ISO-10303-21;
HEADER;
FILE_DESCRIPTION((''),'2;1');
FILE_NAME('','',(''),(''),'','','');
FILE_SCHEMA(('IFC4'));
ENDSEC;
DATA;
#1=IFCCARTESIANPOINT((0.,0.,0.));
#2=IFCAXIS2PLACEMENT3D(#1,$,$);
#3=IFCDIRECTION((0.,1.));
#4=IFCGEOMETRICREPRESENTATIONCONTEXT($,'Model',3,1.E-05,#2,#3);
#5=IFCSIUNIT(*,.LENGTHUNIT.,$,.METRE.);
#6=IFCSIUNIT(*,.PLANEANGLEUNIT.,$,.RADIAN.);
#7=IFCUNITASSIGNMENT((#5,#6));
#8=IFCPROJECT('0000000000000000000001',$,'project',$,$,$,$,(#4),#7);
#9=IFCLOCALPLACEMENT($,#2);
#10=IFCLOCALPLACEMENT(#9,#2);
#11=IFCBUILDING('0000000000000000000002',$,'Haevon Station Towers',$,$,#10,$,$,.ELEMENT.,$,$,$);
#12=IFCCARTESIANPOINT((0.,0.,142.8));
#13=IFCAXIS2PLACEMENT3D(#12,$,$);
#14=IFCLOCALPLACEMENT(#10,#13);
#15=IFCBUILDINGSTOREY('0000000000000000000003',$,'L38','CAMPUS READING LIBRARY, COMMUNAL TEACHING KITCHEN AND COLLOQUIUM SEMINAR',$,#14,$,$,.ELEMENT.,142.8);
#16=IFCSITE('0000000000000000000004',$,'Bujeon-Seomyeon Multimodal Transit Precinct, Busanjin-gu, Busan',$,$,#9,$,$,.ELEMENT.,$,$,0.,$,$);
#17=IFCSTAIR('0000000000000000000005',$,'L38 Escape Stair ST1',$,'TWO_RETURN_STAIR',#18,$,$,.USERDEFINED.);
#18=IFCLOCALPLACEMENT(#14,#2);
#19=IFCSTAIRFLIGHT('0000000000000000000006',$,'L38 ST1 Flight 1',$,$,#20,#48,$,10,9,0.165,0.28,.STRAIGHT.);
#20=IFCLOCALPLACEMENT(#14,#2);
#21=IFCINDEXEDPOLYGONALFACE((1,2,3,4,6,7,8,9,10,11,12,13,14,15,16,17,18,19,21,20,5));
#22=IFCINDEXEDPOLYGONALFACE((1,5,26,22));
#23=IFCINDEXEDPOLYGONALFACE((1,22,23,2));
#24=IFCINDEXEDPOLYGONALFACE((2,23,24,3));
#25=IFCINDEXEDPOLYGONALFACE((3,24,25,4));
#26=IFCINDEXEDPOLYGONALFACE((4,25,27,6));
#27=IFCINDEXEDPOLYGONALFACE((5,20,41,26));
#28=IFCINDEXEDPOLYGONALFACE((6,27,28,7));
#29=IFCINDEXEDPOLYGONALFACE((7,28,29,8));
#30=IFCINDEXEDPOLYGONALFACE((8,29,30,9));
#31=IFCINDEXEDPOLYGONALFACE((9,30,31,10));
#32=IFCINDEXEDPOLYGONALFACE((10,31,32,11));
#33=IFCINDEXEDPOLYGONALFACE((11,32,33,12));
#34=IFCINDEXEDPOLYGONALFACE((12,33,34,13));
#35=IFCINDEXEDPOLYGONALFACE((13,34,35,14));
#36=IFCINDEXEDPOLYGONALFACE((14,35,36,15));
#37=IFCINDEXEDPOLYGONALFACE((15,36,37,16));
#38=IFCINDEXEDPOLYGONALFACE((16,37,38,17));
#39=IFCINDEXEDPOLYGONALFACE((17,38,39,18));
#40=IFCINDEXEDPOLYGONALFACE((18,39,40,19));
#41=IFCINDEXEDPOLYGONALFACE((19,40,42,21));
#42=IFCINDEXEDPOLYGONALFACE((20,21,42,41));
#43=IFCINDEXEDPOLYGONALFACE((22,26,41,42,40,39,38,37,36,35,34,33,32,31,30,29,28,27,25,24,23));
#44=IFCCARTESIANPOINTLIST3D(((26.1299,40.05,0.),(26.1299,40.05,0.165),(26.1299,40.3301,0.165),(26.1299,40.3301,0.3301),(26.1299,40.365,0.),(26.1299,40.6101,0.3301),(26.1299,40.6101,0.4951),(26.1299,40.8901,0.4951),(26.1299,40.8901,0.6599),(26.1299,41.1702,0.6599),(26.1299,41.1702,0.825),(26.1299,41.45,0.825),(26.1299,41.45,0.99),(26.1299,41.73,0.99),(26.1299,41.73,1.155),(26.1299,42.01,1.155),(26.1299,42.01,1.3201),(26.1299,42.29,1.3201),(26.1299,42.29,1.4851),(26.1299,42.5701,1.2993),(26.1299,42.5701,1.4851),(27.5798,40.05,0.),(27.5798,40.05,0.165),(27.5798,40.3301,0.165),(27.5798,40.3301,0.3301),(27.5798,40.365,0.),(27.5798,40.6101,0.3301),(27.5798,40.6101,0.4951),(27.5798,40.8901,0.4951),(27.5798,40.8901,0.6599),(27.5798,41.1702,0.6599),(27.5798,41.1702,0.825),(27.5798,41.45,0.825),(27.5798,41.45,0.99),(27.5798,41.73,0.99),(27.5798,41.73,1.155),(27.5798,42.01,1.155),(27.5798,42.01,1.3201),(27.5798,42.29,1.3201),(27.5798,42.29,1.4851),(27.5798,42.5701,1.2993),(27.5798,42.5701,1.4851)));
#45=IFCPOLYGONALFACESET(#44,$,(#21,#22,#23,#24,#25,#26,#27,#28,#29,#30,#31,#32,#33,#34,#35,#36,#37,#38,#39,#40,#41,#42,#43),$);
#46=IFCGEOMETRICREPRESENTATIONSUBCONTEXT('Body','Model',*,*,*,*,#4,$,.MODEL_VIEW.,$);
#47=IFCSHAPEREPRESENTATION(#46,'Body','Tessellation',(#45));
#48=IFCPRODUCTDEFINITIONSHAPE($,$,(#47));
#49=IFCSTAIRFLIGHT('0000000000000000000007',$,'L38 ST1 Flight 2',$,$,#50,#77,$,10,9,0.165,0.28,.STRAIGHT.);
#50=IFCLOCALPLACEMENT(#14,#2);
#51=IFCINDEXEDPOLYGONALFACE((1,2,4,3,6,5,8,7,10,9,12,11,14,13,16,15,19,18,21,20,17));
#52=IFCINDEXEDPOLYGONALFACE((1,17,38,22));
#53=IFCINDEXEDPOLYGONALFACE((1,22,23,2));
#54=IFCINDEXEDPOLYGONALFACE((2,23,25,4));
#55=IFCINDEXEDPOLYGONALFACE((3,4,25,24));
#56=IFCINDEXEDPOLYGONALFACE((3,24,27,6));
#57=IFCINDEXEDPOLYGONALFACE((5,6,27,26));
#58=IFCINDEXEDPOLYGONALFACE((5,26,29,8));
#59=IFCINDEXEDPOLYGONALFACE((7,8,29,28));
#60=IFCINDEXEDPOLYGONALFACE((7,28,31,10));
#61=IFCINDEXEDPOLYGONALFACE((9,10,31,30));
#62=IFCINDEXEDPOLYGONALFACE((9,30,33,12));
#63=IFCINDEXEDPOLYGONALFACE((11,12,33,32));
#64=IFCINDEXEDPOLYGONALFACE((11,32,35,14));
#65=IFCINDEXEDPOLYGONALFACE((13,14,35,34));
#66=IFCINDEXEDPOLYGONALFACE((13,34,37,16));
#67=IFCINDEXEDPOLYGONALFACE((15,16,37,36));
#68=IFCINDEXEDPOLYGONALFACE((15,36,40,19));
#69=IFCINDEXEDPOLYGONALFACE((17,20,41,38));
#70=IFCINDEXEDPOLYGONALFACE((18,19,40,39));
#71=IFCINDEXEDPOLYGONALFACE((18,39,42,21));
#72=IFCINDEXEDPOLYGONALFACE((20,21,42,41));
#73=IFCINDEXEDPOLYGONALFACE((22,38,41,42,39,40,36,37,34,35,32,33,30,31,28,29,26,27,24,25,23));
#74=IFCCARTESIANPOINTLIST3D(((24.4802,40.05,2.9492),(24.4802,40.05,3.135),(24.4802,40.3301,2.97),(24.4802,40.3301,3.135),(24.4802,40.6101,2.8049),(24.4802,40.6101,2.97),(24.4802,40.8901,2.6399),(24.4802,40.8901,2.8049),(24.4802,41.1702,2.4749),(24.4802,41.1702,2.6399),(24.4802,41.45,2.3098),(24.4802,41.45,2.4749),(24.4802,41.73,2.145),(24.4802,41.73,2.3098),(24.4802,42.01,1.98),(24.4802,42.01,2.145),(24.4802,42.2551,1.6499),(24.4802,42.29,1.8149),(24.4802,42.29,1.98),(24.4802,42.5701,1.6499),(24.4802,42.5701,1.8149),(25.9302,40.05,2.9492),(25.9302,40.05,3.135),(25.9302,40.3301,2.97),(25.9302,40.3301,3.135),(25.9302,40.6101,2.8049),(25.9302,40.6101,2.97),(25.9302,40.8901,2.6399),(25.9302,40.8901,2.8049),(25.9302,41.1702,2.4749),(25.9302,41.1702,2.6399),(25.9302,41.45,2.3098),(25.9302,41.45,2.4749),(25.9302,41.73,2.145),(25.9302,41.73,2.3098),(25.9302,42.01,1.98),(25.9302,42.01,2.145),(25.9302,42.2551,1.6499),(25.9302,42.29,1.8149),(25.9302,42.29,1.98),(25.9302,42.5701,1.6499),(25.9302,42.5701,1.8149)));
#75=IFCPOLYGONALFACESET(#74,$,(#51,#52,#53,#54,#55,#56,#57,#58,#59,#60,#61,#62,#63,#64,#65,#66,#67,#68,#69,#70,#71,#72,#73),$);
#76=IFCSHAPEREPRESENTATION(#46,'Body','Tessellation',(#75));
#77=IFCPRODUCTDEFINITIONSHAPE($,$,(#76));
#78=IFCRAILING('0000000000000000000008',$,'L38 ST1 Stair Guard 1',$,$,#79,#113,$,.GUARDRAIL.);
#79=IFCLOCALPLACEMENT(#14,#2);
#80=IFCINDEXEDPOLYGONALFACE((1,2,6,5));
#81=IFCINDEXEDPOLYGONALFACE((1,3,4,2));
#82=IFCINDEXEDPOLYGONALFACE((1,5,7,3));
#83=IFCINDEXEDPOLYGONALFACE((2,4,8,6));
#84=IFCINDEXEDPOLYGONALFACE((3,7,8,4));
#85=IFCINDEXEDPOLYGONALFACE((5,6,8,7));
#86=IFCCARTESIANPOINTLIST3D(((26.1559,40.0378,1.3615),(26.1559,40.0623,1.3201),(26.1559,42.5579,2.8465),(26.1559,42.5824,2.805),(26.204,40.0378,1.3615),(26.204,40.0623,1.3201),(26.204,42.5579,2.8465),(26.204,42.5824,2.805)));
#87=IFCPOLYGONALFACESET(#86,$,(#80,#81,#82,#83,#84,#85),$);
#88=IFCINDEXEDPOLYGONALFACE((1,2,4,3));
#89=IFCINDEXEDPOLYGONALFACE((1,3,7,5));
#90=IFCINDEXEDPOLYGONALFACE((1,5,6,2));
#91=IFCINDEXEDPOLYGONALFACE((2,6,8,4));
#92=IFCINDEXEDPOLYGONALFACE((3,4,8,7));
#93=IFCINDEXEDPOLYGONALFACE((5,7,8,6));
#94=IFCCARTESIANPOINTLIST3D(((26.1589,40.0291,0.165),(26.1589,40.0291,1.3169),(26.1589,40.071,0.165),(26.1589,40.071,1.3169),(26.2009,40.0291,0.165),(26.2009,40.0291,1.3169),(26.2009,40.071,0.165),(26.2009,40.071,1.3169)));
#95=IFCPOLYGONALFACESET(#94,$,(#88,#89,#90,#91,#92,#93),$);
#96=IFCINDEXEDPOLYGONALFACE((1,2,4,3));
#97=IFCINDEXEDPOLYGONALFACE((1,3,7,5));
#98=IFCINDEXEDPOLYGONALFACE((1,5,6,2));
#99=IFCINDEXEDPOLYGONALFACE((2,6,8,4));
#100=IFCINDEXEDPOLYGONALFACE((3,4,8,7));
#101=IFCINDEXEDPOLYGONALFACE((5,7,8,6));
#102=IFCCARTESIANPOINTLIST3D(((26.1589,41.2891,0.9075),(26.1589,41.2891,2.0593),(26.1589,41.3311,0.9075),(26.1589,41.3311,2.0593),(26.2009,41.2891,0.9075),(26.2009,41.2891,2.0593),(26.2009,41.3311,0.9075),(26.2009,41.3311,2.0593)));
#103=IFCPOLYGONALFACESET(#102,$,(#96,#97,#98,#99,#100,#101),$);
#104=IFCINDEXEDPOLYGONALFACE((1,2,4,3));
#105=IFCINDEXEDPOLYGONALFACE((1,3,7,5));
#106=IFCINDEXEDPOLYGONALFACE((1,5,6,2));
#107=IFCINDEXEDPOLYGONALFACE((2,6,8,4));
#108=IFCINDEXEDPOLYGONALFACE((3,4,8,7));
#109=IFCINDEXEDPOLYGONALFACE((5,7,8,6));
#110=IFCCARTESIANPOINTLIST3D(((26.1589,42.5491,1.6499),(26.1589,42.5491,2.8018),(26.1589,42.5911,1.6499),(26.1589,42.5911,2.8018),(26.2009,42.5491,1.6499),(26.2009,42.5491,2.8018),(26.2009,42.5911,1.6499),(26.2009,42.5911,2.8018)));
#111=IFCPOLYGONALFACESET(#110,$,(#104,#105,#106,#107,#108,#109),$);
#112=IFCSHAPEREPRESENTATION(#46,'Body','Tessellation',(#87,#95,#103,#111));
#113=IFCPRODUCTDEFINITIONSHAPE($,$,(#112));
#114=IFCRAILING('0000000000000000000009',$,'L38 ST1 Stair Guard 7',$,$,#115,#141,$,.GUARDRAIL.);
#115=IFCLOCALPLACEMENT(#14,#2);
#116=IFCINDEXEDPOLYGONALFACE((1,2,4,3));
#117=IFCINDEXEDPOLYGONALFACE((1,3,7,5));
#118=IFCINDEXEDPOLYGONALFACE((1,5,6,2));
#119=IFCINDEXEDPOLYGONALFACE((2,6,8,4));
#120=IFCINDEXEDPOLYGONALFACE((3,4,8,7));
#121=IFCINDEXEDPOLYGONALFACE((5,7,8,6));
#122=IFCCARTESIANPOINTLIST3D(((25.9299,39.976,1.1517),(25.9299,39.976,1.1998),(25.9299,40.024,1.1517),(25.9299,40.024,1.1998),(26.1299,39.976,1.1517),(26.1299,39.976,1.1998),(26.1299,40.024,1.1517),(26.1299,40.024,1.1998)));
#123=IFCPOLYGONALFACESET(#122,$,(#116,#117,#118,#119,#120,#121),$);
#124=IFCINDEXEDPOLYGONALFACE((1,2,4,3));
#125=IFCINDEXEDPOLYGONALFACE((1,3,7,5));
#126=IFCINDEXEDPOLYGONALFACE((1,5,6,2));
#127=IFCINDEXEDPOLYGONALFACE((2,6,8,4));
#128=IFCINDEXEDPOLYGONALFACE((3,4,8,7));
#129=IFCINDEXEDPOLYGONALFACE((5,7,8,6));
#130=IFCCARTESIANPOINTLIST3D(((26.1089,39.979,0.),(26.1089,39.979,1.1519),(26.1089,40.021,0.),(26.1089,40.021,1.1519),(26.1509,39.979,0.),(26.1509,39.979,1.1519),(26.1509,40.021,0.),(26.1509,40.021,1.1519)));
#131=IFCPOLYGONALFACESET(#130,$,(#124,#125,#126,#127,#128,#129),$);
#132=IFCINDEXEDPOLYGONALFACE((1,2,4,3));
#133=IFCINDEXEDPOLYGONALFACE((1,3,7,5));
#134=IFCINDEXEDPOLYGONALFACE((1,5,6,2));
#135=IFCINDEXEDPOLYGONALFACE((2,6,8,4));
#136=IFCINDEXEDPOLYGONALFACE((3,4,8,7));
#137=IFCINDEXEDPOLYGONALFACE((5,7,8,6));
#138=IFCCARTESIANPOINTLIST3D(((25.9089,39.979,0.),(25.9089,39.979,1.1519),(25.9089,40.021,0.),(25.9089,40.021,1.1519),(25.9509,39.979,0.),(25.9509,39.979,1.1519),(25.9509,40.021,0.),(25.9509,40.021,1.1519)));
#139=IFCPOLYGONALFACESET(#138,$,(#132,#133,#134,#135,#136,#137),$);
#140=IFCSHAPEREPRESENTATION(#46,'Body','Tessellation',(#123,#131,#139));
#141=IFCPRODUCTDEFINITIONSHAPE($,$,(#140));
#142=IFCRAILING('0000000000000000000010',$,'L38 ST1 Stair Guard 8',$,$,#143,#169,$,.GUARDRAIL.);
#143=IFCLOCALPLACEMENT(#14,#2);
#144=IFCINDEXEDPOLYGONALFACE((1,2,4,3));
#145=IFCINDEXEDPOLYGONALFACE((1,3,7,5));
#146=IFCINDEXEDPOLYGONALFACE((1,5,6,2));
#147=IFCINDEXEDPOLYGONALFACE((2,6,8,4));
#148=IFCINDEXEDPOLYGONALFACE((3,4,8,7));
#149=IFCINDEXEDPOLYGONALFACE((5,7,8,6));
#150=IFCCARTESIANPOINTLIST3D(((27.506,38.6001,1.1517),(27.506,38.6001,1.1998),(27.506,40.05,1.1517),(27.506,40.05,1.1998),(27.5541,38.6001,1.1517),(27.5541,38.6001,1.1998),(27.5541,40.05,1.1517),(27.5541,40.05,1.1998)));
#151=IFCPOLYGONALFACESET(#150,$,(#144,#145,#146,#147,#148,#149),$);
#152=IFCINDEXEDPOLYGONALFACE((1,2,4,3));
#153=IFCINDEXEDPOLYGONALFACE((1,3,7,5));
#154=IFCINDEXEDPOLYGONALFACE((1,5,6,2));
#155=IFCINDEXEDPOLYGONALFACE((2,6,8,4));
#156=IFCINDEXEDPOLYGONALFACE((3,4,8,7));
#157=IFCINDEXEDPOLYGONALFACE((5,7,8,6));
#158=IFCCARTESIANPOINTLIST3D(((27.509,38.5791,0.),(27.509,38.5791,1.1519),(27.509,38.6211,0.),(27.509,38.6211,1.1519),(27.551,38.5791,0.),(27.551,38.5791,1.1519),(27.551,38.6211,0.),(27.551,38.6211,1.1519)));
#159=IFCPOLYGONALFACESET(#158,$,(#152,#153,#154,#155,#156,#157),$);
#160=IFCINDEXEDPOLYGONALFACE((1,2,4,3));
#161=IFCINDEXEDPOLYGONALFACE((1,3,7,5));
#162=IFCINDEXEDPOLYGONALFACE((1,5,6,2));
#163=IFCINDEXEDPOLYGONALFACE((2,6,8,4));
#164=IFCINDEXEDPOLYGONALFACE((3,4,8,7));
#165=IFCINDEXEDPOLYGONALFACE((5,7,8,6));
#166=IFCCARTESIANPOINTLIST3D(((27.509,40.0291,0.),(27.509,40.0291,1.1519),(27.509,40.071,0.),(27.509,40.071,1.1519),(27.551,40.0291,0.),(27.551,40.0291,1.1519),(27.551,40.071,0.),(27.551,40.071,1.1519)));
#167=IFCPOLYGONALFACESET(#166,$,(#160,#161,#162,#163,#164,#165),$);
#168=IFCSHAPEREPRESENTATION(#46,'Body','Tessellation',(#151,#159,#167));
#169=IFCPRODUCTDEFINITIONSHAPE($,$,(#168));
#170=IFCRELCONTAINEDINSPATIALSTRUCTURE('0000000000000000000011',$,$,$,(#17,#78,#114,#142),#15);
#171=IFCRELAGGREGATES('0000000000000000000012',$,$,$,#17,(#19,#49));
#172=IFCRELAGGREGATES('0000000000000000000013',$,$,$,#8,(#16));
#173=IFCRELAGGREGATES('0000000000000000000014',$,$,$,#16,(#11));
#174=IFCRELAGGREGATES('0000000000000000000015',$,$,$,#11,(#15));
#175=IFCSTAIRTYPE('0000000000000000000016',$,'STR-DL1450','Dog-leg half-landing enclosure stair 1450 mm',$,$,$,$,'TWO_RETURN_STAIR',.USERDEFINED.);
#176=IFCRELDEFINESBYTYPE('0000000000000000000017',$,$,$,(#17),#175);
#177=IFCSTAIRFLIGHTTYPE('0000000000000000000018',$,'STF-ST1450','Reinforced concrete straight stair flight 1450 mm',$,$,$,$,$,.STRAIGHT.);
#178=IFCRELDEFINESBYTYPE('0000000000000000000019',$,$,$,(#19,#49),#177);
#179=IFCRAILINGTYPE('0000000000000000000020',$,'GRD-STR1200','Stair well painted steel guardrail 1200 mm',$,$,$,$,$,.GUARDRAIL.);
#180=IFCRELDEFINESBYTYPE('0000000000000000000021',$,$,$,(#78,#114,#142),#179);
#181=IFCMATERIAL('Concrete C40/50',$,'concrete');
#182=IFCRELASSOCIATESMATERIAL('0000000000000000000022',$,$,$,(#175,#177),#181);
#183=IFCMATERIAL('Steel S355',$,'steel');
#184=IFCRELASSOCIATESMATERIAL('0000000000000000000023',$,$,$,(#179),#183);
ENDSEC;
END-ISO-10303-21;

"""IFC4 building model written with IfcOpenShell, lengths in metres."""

from ifc_helpers import new_model, si_unit, direction, frame, origin, origin_2d, place, context, subcontext, project, spatial, polyline, rectangle, outline, extrude, material, type_object, element, aggregate, save


model = new_model("IFC4")

# Units and contexts
model_context = context("Model", 3, precision=1e-05, world=origin(), true_north=direction((0.0, 1.0)))
body_context = subcontext(model_context, "Body", "Model", "MODEL_VIEW")
ifc_project = project(units=[si_unit("LENGTHUNIT", "METRE"), si_unit("PLANEANGLEUNIT", "RADIAN")], contexts=[model_context])

# Site, building, storey
site_placement = place(None, origin())
site = spatial("IfcSite", under=ifc_project, at=site_placement, Name="Bujeon-Seomyeon Multimodal Transit Precinct, Busanjin-gu, Busan", CompositionType="ELEMENT", RefElevation=0.0)
building_placement = place(site_placement, origin())
building = spatial("IfcBuilding", under=site, at=building_placement, Name="Haevon Station Towers", CompositionType="ELEMENT")
storey_placement = place(building_placement, frame((0.0, 0.0, 142.8)))
storey = spatial("IfcBuildingStorey", under=building, at=storey_placement, Name="L38", Description="CAMPUS READING LIBRARY, COMMUNAL TEACHING KITCHEN AND COLLOQUIUM SEMINAR", CompositionType="ELEMENT", Elevation=142.8)

# Shared definitions
ifc_material_1 = material(Name="Steel S355", Category="steel")

# Stair, stair flights
ifc_material_2 = material(Name="Concrete C40/50", Category="concrete")
stair_type = type_object("IfcStairType", Name="STR-DL1450", Description="Dog-leg half-landing enclosure stair 1450 mm", ElementType="TWO_RETURN_STAIR", PredefinedType="USERDEFINED", material=ifc_material_2)
stair_placement = place(storey_placement, origin())
stair = element("IfcStair", 1, at=stair_placement, inside=storey, type_object=stair_type, Name="L38 Escape Stair ST1", ObjectType="TWO_RETURN_STAIR", PredefinedType="USERDEFINED")
stair_flight_type = type_object("IfcStairFlightType", Name="STF-ST1450", Description="Reinforced concrete straight stair flight 1450 mm", PredefinedType="STRAIGHT", material=ifc_material_2)
stair_flight_1_placement = place(storey_placement, frame((26.855, 40.05, 0.0), z_axis=(0.0, 0.0, 1.0), x_axis=(0.0, 1.0, 0.0)))
stair_flight_1 = element("IfcStairFlight", 2, at=stair_flight_1_placement, type_object=stair_flight_type, Name="L38 ST1 Flight 1", NumberOfRisers=10, NumberOfTreads=9, PredefinedType="STRAIGHT", RiserHeight=0.165, TreadLength=0.28, context=body_context, shape_type="SweptSolid", body=[
    extrude(outline(polyline([(0.0, 0.0), (0.0, 0.165), (0.28, 0.165), (0.28, 0.3301), (0.5601, 0.3301), (0.5601, 0.4951), (0.8401, 0.4951), (0.8401, 0.6599), (1.1201, 0.6599), (1.1201, 0.825), (1.3999, 0.825), (1.3999, 0.99), (1.6799, 0.99), (1.6799, 1.155), (1.96, 1.155), (1.96, 1.3201), (2.24, 1.3201), (2.24, 1.4851), (2.52, 1.4851), (2.52, 1.6499), (2.52, 1.2993), (0.3149, 0.0), (0.0, 0.0)])), frame((0.0, 0.7251, 0.0), z_axis=(0.0, -1.0, 0.0), x_axis=(1.0, 0.0, 0.0)), (0.0, 0.0, 1.0), 1.45),
])
stair_flight_2_placement = place(storey_placement, frame((25.2051, 42.5701, 1.6499), z_axis=(0.0, 0.0, 1.0), x_axis=(0.0, -1.0, 0.0)))
stair_flight_2 = element("IfcStairFlight", 3, at=stair_flight_2_placement, type_object=stair_flight_type, Name="L38 ST1 Flight 2", NumberOfRisers=10, NumberOfTreads=9, PredefinedType="STRAIGHT", RiserHeight=0.165, TreadLength=0.28, context=body_context, shape_type="SweptSolid", body=[
    extrude(outline(polyline([(0.0, 0.0), (0.0, 0.165), (0.28, 0.165), (0.28, 0.3301), (0.5601, 0.3301), (0.5601, 0.4951), (0.8401, 0.4951), (0.8401, 0.6599), (1.1201, 0.6599), (1.1201, 0.825), (1.3999, 0.825), (1.3999, 0.99), (1.6799, 0.99), (1.6799, 1.155), (1.96, 1.155), (1.96, 1.3201), (2.24, 1.3201), (2.24, 1.4851), (2.52, 1.4851), (2.52, 1.6499), (2.52, 1.2993), (0.3149, 0.0), (0.0, 0.0)])), frame((0.0, 0.7251, 0.0), z_axis=(0.0, -1.0, 0.0), x_axis=(1.0, 0.0, 0.0)), (0.0, 0.0, 1.0), 1.45),
])
aggregate(stair, [stair_flight_1, stair_flight_2])

# Railings
railing_type_1 = type_object("IfcRailingType", Name="GRD-STR1200", Description="Stair well painted steel guardrail 1200 mm", PredefinedType="GUARDRAIL", material=ifc_material_1)
railing_1_placement = place(storey_placement, frame((26.1799, 40.05, 0.165)))
element("IfcRailing", 4, at=railing_1_placement, inside=storey, type_object=railing_type_1, Name="L38 ST1 Stair Guard 1", PredefinedType="GUARDRAIL", context=body_context, shape_type="SweptSolid", body=[
    extrude(rectangle(XDim=0.0481, YDim=0.0481, at=origin_2d()), frame((0.0, 0.0, 1.1758), z_axis=(0.0, 0.861561, 0.507655), x_axis=(-1.0, 0.0, 0.0)), (0.0, 0.0, 1.0), 2.925),
    extrude(rectangle(XDim=0.042, YDim=0.042, at=origin_2d()), origin(), (0.0, 0.0, 1.0), 1.1519),
    extrude(rectangle(XDim=0.042, YDim=0.042, at=origin_2d()), frame((0.0, 1.26, 0.7424)), (0.0, 0.0, 1.0), 1.1519),
    extrude(rectangle(XDim=0.042, YDim=0.042, at=origin_2d()), frame((0.0, 2.52, 1.4849)), (0.0, 0.0, 1.0), 1.1519),
])
railing_2_placement = place(storey_placement, frame((26.1299, 40.0, 0.0)))
element("IfcRailing", 5, at=railing_2_placement, inside=storey, type_object=railing_type_1, Name="L38 ST1 Stair Guard 7", PredefinedType="GUARDRAIL", context=body_context, shape_type="SweptSolid", body=[
    extrude(rectangle(XDim=0.0481, YDim=0.0481, at=origin_2d()), frame((0.0, 0.0, 1.1758), z_axis=(-1.0, 0.0, 0.0), x_axis=(0.0, -1.0, 0.0)), (0.0, 0.0, 1.0), 0.2),
    extrude(rectangle(XDim=0.042, YDim=0.042, at=origin_2d()), origin(), (0.0, 0.0, 1.0), 1.1519),
    extrude(rectangle(XDim=0.042, YDim=0.042, at=origin_2d()), frame((-0.2, 0.0, 0.0)), (0.0, 0.0, 1.0), 1.1519),
])
railing_3_placement = place(storey_placement, frame((27.53, 38.6001, 0.0)))
element("IfcRailing", 6, at=railing_3_placement, inside=storey, type_object=railing_type_1, Name="L38 ST1 Stair Guard 8", PredefinedType="GUARDRAIL", context=body_context, shape_type="SweptSolid", body=[
    extrude(rectangle(XDim=0.0481, YDim=0.0481, at=origin_2d()), frame((0.0, 0.0, 1.1758), z_axis=(0.0, 1.0, 0.0), x_axis=(-1.0, 0.0, 0.0)), (0.0, 0.0, 1.0), 1.45),
    extrude(rectangle(XDim=0.042, YDim=0.042, at=origin_2d()), origin(), (0.0, 0.0, 1.0), 1.1519),
    extrude(rectangle(XDim=0.042, YDim=0.042, at=origin_2d()), frame((0.0, 1.45, 0.0)), (0.0, 0.0, 1.0), 1.1519),
])

save(model, "model.ifc")
